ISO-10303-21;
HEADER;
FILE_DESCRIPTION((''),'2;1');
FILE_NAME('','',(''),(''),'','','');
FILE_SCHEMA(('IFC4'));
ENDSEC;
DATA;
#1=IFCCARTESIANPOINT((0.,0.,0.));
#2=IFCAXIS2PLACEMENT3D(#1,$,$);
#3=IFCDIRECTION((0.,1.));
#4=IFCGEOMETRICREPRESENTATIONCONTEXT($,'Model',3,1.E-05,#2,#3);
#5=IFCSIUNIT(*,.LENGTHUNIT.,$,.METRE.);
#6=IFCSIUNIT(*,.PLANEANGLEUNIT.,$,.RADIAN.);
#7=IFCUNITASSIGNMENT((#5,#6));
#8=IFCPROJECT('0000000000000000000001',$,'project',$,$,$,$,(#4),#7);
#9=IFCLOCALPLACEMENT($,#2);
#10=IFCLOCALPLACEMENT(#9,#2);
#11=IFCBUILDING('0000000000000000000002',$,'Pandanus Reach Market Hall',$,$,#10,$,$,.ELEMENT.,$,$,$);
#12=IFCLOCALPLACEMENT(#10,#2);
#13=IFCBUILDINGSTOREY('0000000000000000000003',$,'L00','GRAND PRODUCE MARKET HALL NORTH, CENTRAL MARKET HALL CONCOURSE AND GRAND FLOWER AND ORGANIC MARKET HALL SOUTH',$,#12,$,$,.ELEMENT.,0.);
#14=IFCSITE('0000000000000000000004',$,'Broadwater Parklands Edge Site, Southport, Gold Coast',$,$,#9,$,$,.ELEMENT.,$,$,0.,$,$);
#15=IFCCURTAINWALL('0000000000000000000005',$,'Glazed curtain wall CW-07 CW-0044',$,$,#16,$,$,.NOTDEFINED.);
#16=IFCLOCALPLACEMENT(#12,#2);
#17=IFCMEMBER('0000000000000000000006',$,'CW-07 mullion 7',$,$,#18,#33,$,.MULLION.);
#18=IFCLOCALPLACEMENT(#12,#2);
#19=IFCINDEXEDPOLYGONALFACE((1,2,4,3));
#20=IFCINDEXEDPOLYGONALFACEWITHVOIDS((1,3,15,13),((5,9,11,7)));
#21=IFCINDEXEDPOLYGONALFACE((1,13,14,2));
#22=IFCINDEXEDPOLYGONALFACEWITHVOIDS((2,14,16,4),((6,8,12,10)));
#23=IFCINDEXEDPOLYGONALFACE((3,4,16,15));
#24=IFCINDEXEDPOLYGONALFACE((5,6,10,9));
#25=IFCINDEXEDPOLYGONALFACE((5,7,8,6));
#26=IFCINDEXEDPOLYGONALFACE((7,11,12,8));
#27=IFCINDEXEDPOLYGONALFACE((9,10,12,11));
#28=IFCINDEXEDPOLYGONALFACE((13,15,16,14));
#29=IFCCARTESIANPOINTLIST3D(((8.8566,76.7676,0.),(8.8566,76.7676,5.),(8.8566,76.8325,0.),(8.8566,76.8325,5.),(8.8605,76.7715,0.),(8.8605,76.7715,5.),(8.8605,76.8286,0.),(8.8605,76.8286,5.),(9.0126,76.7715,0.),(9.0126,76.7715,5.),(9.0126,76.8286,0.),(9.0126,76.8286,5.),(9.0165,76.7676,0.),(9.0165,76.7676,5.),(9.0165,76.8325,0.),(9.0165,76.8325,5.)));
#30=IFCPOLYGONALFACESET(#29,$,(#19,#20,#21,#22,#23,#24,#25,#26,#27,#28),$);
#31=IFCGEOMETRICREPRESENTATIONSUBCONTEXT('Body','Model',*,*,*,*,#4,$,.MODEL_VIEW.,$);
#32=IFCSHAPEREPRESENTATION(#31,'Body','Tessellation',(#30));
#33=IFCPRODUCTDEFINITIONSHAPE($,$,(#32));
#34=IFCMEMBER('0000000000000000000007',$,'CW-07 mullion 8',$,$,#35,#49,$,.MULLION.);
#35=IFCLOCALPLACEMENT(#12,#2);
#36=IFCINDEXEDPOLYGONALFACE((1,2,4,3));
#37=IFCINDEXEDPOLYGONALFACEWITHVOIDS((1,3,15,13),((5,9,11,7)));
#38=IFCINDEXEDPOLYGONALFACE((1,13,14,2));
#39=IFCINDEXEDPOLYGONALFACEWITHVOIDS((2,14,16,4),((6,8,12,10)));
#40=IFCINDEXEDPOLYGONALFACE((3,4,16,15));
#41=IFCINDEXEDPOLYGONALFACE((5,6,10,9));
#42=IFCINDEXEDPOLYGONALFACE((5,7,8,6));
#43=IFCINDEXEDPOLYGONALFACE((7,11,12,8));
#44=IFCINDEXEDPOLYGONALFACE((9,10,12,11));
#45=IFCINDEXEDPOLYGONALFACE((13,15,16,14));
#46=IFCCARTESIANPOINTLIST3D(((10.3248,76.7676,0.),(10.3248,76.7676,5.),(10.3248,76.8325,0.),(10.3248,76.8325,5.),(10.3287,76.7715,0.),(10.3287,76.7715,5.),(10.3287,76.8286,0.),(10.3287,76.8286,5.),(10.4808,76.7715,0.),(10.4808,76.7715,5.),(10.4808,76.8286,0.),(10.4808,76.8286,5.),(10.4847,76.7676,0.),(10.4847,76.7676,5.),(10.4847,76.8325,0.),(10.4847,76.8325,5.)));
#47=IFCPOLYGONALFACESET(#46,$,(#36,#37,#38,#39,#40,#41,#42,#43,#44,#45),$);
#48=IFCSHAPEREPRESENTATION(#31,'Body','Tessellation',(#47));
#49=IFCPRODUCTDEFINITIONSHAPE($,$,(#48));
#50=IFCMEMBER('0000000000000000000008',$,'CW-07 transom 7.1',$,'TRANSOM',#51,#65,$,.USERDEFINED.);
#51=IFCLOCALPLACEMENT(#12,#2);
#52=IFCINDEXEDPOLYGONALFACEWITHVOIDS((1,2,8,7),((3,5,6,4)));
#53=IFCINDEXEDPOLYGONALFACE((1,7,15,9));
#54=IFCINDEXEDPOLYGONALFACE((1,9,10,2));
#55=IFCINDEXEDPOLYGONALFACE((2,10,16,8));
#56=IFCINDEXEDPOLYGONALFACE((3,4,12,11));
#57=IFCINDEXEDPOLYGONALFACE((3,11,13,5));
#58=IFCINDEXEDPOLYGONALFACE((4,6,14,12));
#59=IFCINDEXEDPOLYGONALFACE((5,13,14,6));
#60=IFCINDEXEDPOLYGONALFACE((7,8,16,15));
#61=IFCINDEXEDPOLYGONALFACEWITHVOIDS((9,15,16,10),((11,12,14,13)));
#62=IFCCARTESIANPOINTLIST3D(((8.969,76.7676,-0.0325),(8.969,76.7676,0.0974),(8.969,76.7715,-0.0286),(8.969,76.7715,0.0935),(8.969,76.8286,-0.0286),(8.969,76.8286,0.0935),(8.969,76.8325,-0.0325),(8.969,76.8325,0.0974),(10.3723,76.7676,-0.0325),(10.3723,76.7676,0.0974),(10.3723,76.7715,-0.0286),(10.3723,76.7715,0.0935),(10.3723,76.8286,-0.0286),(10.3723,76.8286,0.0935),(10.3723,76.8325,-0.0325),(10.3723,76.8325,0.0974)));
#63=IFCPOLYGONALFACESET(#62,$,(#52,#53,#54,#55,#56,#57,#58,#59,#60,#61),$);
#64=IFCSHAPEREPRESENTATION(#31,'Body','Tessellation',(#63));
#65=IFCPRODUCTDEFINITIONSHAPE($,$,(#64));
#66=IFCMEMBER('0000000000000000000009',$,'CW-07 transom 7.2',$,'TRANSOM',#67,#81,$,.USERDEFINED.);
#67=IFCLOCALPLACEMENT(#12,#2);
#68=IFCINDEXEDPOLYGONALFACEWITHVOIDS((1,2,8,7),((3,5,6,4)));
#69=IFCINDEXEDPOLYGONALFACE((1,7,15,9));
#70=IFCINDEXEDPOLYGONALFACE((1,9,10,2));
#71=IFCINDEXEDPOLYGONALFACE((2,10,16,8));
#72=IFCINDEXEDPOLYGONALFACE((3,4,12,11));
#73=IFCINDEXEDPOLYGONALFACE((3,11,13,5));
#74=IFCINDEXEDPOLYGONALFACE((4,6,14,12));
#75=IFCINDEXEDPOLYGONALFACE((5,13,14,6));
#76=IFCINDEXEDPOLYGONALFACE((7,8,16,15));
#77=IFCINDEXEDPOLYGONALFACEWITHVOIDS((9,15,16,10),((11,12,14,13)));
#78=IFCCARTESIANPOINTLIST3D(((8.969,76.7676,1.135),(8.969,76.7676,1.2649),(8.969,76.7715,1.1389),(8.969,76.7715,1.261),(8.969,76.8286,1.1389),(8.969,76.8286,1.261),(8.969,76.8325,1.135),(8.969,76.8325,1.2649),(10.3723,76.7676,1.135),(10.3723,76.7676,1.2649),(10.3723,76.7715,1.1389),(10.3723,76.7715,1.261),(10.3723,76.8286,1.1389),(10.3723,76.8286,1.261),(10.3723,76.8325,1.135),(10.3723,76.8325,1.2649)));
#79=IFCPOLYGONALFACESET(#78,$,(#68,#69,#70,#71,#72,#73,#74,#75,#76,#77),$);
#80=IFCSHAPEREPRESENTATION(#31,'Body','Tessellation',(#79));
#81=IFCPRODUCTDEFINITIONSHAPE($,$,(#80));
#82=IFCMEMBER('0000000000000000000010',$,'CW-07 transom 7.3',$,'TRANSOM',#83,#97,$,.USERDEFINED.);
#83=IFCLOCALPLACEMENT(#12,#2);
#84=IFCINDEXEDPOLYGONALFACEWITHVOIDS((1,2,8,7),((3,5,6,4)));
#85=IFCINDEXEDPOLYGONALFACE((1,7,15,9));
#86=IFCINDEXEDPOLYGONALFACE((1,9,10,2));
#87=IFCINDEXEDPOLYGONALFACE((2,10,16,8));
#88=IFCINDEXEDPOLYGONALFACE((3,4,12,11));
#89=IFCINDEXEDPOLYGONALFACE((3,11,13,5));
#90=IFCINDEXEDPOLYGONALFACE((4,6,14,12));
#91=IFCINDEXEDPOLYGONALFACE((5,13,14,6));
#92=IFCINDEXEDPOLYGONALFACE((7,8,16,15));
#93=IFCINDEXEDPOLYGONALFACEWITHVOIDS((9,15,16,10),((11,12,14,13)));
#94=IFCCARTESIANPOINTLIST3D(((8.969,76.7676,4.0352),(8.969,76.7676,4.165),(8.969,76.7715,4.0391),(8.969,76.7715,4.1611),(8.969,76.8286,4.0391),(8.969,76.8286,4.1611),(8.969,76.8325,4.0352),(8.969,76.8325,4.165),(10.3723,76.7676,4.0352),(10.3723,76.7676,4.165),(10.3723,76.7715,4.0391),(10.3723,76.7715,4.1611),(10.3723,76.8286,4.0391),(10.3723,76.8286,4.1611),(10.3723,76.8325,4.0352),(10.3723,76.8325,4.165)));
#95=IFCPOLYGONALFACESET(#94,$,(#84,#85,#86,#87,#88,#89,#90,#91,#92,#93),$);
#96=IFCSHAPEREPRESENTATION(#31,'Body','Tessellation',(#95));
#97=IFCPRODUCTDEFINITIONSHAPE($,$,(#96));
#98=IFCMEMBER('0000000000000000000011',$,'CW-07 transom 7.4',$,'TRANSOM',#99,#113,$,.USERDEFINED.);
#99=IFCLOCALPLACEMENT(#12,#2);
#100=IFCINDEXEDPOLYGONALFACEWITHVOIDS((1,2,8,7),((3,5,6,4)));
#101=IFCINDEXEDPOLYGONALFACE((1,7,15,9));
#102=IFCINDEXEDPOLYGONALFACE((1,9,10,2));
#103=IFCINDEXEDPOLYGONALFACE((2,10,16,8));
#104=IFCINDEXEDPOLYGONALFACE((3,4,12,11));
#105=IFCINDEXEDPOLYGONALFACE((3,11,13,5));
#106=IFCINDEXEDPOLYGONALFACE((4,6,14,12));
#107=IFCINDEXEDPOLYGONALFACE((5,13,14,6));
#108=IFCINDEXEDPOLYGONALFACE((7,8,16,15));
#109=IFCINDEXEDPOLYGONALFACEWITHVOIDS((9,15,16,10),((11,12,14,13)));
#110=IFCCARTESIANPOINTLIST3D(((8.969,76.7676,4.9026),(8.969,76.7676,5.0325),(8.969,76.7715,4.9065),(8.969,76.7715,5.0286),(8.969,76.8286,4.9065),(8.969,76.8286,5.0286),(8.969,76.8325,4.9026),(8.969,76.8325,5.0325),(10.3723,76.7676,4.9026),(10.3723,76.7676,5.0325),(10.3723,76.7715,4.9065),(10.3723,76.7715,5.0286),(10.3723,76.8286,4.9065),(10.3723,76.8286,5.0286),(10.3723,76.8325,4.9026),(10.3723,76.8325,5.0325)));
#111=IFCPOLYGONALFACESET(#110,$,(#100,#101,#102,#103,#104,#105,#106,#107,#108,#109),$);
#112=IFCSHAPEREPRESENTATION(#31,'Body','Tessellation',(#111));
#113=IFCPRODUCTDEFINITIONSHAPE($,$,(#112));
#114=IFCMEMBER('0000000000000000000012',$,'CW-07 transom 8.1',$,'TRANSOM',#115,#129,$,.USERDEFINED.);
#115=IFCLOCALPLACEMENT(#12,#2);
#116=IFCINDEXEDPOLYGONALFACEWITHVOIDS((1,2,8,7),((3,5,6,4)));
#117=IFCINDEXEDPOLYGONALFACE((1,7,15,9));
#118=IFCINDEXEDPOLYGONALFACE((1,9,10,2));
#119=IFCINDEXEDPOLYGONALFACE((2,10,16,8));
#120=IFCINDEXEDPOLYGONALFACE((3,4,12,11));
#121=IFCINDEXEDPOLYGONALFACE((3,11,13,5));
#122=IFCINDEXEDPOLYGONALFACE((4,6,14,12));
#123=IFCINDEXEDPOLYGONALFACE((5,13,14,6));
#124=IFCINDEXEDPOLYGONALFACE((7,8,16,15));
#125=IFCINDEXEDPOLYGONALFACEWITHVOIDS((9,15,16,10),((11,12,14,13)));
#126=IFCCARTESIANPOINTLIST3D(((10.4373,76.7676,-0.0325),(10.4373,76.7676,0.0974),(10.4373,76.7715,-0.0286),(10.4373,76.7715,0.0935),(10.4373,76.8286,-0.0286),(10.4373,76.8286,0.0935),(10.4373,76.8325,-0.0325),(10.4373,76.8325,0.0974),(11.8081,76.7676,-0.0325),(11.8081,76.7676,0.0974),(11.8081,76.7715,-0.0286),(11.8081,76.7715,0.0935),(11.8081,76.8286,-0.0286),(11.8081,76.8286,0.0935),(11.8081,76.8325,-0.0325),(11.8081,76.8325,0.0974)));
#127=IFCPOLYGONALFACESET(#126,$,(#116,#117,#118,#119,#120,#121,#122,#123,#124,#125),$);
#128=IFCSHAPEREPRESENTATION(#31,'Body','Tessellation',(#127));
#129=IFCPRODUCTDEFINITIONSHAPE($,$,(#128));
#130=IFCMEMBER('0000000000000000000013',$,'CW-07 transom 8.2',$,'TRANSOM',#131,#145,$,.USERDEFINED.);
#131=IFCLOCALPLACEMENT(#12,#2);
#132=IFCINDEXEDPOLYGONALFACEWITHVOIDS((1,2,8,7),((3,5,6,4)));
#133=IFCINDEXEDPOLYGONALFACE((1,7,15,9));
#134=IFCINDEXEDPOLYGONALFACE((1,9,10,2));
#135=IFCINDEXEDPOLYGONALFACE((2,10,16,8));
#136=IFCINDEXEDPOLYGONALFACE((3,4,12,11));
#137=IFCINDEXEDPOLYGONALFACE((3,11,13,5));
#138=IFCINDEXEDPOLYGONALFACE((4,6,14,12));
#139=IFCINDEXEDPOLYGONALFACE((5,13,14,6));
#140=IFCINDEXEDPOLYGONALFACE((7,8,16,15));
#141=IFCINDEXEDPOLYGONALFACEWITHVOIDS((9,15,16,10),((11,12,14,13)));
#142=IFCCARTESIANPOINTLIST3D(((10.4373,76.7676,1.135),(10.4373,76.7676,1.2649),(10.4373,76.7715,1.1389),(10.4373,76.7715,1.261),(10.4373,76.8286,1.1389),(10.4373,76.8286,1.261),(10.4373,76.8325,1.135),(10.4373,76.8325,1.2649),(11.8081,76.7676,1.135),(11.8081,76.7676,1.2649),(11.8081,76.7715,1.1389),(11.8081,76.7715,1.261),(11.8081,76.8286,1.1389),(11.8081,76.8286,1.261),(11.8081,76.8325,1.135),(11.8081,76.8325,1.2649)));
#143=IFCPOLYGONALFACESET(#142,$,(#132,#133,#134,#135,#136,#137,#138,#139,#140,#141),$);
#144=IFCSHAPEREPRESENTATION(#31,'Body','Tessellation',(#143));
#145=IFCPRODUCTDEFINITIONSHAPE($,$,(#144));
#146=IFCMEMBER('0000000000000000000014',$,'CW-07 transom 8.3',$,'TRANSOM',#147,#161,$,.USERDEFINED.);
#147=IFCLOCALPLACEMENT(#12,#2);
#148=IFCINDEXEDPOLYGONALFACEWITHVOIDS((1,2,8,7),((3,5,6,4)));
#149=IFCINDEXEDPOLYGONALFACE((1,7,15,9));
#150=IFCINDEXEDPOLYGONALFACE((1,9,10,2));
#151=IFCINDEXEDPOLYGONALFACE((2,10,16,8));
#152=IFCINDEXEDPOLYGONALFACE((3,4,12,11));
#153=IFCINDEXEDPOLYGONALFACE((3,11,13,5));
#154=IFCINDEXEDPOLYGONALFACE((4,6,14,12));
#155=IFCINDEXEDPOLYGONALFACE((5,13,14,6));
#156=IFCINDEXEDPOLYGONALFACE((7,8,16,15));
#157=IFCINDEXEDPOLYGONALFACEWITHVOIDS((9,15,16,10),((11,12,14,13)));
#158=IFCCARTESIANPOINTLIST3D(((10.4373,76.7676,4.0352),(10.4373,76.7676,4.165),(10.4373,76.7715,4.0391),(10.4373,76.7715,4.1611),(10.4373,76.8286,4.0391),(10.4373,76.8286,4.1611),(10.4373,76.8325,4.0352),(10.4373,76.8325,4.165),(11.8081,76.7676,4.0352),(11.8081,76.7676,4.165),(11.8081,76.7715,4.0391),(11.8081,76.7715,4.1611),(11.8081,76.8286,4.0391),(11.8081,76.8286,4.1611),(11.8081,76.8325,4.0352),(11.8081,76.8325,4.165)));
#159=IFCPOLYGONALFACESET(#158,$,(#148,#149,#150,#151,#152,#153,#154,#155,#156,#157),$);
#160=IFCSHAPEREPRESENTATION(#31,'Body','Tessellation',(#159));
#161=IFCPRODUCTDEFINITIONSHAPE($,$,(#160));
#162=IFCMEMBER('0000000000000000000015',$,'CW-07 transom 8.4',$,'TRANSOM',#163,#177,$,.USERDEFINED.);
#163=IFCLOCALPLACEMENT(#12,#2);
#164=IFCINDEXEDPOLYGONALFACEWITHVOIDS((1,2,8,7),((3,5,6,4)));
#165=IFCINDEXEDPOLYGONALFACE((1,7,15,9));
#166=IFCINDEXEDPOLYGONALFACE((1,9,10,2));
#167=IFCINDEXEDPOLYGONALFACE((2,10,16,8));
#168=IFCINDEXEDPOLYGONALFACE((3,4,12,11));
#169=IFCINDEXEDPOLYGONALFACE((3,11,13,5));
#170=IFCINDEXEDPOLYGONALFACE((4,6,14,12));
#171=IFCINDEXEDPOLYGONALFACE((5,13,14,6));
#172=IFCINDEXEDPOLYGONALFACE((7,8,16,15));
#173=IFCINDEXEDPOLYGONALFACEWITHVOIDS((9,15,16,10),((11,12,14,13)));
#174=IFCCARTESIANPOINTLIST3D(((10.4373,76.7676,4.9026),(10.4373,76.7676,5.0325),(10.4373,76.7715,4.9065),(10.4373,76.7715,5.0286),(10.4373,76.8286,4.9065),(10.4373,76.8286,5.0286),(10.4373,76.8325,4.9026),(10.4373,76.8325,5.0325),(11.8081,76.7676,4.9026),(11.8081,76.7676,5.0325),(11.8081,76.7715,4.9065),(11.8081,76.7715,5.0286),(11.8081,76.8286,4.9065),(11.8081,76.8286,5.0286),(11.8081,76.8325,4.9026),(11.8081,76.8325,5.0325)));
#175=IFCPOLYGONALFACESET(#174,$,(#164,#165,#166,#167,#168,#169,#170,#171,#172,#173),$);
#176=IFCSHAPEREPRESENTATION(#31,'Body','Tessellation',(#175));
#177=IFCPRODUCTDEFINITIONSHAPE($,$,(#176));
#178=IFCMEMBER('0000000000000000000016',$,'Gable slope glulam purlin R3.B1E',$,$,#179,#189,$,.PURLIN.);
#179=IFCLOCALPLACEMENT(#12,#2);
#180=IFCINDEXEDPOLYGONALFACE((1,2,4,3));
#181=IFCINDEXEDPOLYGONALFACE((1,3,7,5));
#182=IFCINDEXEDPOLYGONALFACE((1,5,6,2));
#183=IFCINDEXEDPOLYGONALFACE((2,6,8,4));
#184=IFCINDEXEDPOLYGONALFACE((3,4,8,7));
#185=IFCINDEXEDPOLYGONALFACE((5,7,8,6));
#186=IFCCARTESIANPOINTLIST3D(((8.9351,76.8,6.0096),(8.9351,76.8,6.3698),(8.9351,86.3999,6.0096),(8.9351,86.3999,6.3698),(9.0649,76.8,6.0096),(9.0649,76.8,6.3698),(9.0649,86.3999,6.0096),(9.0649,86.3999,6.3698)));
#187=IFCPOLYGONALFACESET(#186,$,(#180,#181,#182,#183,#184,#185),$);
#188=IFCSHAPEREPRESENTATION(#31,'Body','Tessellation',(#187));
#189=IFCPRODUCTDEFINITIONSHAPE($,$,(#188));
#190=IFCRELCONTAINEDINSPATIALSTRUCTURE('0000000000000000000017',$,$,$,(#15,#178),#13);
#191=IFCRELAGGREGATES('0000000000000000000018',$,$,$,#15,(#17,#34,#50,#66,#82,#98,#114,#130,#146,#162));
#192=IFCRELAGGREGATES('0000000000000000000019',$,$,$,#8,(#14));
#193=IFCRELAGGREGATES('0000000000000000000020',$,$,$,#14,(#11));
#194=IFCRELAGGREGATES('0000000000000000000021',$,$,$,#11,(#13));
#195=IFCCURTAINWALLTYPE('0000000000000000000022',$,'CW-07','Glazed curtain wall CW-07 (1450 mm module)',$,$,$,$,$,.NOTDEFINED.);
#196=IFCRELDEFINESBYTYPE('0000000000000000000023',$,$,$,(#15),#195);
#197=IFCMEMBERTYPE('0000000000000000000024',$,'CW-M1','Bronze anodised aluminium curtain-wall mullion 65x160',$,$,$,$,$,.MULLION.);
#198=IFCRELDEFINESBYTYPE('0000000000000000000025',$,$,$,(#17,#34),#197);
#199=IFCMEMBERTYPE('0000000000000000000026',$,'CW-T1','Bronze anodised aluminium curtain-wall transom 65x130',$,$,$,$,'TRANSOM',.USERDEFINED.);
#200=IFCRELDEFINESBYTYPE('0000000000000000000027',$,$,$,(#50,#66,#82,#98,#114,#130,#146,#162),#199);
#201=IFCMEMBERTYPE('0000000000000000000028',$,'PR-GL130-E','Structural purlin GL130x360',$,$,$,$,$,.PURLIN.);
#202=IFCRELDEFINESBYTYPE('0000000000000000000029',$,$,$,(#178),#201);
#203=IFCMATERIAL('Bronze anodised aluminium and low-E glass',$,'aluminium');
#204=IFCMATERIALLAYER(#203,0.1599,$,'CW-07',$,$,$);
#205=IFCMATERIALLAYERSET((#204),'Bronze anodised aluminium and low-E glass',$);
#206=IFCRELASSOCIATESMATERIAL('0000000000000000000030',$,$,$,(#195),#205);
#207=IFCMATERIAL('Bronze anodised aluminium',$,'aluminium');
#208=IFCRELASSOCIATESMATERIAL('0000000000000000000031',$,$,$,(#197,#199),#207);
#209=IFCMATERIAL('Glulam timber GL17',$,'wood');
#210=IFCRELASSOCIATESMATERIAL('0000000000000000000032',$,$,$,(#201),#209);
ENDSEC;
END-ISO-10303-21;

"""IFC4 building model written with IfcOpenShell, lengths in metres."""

from ifc_helpers import new_model, si_unit, direction, frame, origin, origin_2d, place, context, subcontext, project, spatial, rectangle, hollow_rectangle, extrude, material, layer, layer_set, material_profile, profile_set, type_object, element, aggregate, save


model = new_model("IFC4")

# Units and contexts
model_context = context("Model", 3, precision=1e-05, world=origin(), true_north=direction((0.0, 1.0)))
body_context = subcontext(model_context, "Body", "Model", "MODEL_VIEW")
ifc_project = project(units=[si_unit("LENGTHUNIT", "METRE"), si_unit("PLANEANGLEUNIT", "RADIAN")], contexts=[model_context])

# Site, building, storey
site_placement = place(None, origin())
site = spatial("IfcSite", under=ifc_project, at=site_placement, Name="Broadwater Parklands Edge Site, Southport, Gold Coast", CompositionType="ELEMENT", RefElevation=0.0)
building_placement = place(site_placement, origin())
building = spatial("IfcBuilding", under=site, at=building_placement, Name="Pandanus Reach Market Hall", CompositionType="ELEMENT")
storey_placement = place(building_placement, origin())
storey = spatial("IfcBuildingStorey", under=building, at=storey_placement, Name="L00", Description="GRAND PRODUCE MARKET HALL NORTH, CENTRAL MARKET HALL CONCOURSE AND GRAND FLOWER AND ORGANIC MARKET HALL SOUTH", CompositionType="ELEMENT", Elevation=0.0)

# Curtain wall, members
ifc_material_1 = material(Name="Bronze anodised aluminium and low-E glass", Category="aluminium")
ifc_layer_1 = layer(ifc_material_1, 0.1599, Name="CW-07")
ifc_layer_set_1 = layer_set([ifc_layer_1], Name="Bronze anodised aluminium and low-E glass")
curtain_wall_type = type_object("IfcCurtainWallType", Name="CW-07", Description="Glazed curtain wall CW-07 (1450 mm module)", PredefinedType="NOTDEFINED", material=ifc_layer_set_1)
curtain_wall_placement = place(storey_placement, origin())
curtain_wall = element("IfcCurtainWall", 1, at=curtain_wall_placement, inside=storey, type_object=curtain_wall_type, Name="Glazed curtain wall CW-07 CW-0044", PredefinedType="NOTDEFINED")
ifc_material_2 = material(Name="Bronze anodised aluminium", Category="aluminium")
ifc_material_profile_1 = material_profile(ifc_material_2, hollow_rectangle(XDim=0.0649, YDim=0.1599, WallThickness=0.0039, at=origin_2d()), Name="ALU65x160", Category="LoadBearing")
ifc_profile_set_1 = profile_set([ifc_material_profile_1], Name="Bronze anodised aluminium")
member_type_1 = type_object("IfcMemberType", Name="CW-M1", Description="Bronze anodised aluminium curtain-wall mullion 65x160", PredefinedType="MULLION", material=ifc_profile_set_1)
member_1_placement = place(storey_placement, frame((8.9365, 76.8, 0.0), z_axis=(0.0, 0.0, 1.0), x_axis=(0.0, 1.0, 0.0)))
member_1 = element("IfcMember", 2, at=member_1_placement, type_object=member_type_1, Name="CW-07 mullion 7", PredefinedType="MULLION", context=body_context, shape_type="SweptSolid", body=[
    extrude(hollow_rectangle(XDim=0.0649, YDim=0.1599, WallThickness=0.0039, at=origin_2d()), origin(), (0.0, 0.0, 1.0), 5.0),
])
member_2_placement = place(storey_placement, frame((10.4048, 76.8, 0.0), z_axis=(0.0, 0.0, 1.0), x_axis=(0.0, 1.0, 0.0)))
member_2 = element("IfcMember", 3, at=member_2_placement, type_object=member_type_1, Name="CW-07 mullion 8", PredefinedType="MULLION", context=body_context, shape_type="SweptSolid", body=[
    extrude(hollow_rectangle(XDim=0.0649, YDim=0.1599, WallThickness=0.0039, at=origin_2d()), origin(), (0.0, 0.0, 1.0), 5.0),
])
ifc_material_profile_2 = material_profile(ifc_material_2, hollow_rectangle(XDim=0.0649, YDim=0.1299, WallThickness=0.0039, at=origin_2d()), Name="ALU65x130", Category="LoadBearing")
ifc_profile_set_2 = profile_set([ifc_material_profile_2], Name="Bronze anodised aluminium")
member_type_2 = type_object("IfcMemberType", Name="CW-T1", Description="Bronze anodised aluminium curtain-wall transom 65x130", ElementType="TRANSOM", PredefinedType="USERDEFINED", material=ifc_profile_set_2)
member_3_placement = place(storey_placement, frame((8.969, 76.8, 0.0325), z_axis=(1.0, 0.0, 0.0), x_axis=(0.0, 1.0, 0.0)))
member_3 = element("IfcMember", 4, at=member_3_placement, type_object=member_type_2, Name="CW-07 transom 7.1", ObjectType="TRANSOM", PredefinedType="USERDEFINED", context=body_context, shape_type="SweptSolid", body=[
    extrude(hollow_rectangle(XDim=0.0649, YDim=0.1299, WallThickness=0.0039, at=origin_2d()), origin(), (0.0, 0.0, 1.0), 1.4033),
])
member_4_placement = place(storey_placement, frame((8.969, 76.8, 1.2), z_axis=(1.0, 0.0, 0.0), x_axis=(0.0, 1.0, 0.0)))
member_4 = element("IfcMember", 5, at=member_4_placement, type_object=member_type_2, Name="CW-07 transom 7.2", ObjectType="TRANSOM", PredefinedType="USERDEFINED", context=body_context, shape_type="SweptSolid", body=[
    extrude(hollow_rectangle(XDim=0.0649, YDim=0.1299, WallThickness=0.0039, at=origin_2d()), origin(), (0.0, 0.0, 1.0), 1.4033),
])
member_5_placement = place(storey_placement, frame((8.969, 76.8, 4.1001), z_axis=(1.0, 0.0, 0.0), x_axis=(0.0, 1.0, 0.0)))
member_5 = element("IfcMember", 6, at=member_5_placement, type_object=member_type_2, Name="CW-07 transom 7.3", ObjectType="TRANSOM", PredefinedType="USERDEFINED", context=body_context, shape_type="SweptSolid", body=[
    extrude(hollow_rectangle(XDim=0.0649, YDim=0.1299, WallThickness=0.0039, at=origin_2d()), origin(), (0.0, 0.0, 1.0), 1.4033),
])
member_6_placement = place(storey_placement, frame((8.969, 76.8, 4.9675), z_axis=(1.0, 0.0, 0.0), x_axis=(0.0, 1.0, 0.0)))
member_6 = element("IfcMember", 7, at=member_6_placement, type_object=member_type_2, Name="CW-07 transom 7.4", ObjectType="TRANSOM", PredefinedType="USERDEFINED", context=body_context, shape_type="SweptSolid", body=[
    extrude(hollow_rectangle(XDim=0.0649, YDim=0.1299, WallThickness=0.0039, at=origin_2d()), origin(), (0.0, 0.0, 1.0), 1.4033),
])
member_7_placement = place(storey_placement, frame((10.4373, 76.8, 0.0325), z_axis=(1.0, 0.0, 0.0), x_axis=(0.0, 1.0, 0.0)))
member_7 = element("IfcMember", 8, at=member_7_placement, type_object=member_type_2, Name="CW-07 transom 8.1", ObjectType="TRANSOM", PredefinedType="USERDEFINED", context=body_context, shape_type="SweptSolid", body=[
    extrude(hollow_rectangle(XDim=0.0649, YDim=0.1299, WallThickness=0.0039, at=origin_2d()), origin(), (0.0, 0.0, 1.0), 1.3708),
])
member_8_placement = place(storey_placement, frame((10.4373, 76.8, 1.2), z_axis=(1.0, 0.0, 0.0), x_axis=(0.0, 1.0, 0.0)))
member_8 = element("IfcMember", 9, at=member_8_placement, type_object=member_type_2, Name="CW-07 transom 8.2", ObjectType="TRANSOM", PredefinedType="USERDEFINED", context=body_context, shape_type="SweptSolid", body=[
    extrude(hollow_rectangle(XDim=0.0649, YDim=0.1299, WallThickness=0.0039, at=origin_2d()), origin(), (0.0, 0.0, 1.0), 1.3708),
])
member_9_placement = place(storey_placement, frame((10.4373, 76.8, 4.1001), z_axis=(1.0, 0.0, 0.0), x_axis=(0.0, 1.0, 0.0)))
member_9 = element("IfcMember", 10, at=member_9_placement, type_object=member_type_2, Name="CW-07 transom 8.3", ObjectType="TRANSOM", PredefinedType="USERDEFINED", context=body_context, shape_type="SweptSolid", body=[
    extrude(hollow_rectangle(XDim=0.0649, YDim=0.1299, WallThickness=0.0039, at=origin_2d()), origin(), (0.0, 0.0, 1.0), 1.3708),
])
member_10_placement = place(storey_placement, frame((10.4373, 76.8, 4.9675), z_axis=(1.0, 0.0, 0.0), x_axis=(0.0, 1.0, 0.0)))
member_10 = element("IfcMember", 11, at=member_10_placement, type_object=member_type_2, Name="CW-07 transom 8.4", ObjectType="TRANSOM", PredefinedType="USERDEFINED", context=body_context, shape_type="SweptSolid", body=[
    extrude(hollow_rectangle(XDim=0.0649, YDim=0.1299, WallThickness=0.0039, at=origin_2d()), origin(), (0.0, 0.0, 1.0), 1.3708),
])

# Member
ifc_material_3 = material(Name="Glulam timber GL17", Category="wood")
ifc_material_profile_3 = material_profile(ifc_material_3, rectangle(XDim=0.1299, YDim=0.3601, at=origin_2d()), Name="GL130x360", Category="LoadBearing")
ifc_profile_set_3 = profile_set([ifc_material_profile_3], Name="Glulam timber GL17")
member_type_3 = type_object("IfcMemberType", Name="PR-GL130-E", Description="Structural purlin GL130x360", PredefinedType="PURLIN", material=ifc_profile_set_3)
member_11_placement = place(storey_placement, frame((9.0, 76.8, 6.1897), z_axis=(0.0, 1.0, 0.0), x_axis=(-1.0, 0.0, 0.0)))
element("IfcMember", 12, at=member_11_placement, inside=storey, type_object=member_type_3, Name="Gable slope glulam purlin R3.B1E", PredefinedType="PURLIN", context=body_context, shape_type="SweptSolid", body=[
    extrude(rectangle(XDim=0.1299, YDim=0.3601, at=origin_2d()), origin(), (0.0, 0.0, 1.0), 9.5999),
])

aggregate(curtain_wall, [member_1, member_2, member_3, member_4, member_5, member_6, member_7, member_8, member_9, member_10])

save(model, "model.ifc")
